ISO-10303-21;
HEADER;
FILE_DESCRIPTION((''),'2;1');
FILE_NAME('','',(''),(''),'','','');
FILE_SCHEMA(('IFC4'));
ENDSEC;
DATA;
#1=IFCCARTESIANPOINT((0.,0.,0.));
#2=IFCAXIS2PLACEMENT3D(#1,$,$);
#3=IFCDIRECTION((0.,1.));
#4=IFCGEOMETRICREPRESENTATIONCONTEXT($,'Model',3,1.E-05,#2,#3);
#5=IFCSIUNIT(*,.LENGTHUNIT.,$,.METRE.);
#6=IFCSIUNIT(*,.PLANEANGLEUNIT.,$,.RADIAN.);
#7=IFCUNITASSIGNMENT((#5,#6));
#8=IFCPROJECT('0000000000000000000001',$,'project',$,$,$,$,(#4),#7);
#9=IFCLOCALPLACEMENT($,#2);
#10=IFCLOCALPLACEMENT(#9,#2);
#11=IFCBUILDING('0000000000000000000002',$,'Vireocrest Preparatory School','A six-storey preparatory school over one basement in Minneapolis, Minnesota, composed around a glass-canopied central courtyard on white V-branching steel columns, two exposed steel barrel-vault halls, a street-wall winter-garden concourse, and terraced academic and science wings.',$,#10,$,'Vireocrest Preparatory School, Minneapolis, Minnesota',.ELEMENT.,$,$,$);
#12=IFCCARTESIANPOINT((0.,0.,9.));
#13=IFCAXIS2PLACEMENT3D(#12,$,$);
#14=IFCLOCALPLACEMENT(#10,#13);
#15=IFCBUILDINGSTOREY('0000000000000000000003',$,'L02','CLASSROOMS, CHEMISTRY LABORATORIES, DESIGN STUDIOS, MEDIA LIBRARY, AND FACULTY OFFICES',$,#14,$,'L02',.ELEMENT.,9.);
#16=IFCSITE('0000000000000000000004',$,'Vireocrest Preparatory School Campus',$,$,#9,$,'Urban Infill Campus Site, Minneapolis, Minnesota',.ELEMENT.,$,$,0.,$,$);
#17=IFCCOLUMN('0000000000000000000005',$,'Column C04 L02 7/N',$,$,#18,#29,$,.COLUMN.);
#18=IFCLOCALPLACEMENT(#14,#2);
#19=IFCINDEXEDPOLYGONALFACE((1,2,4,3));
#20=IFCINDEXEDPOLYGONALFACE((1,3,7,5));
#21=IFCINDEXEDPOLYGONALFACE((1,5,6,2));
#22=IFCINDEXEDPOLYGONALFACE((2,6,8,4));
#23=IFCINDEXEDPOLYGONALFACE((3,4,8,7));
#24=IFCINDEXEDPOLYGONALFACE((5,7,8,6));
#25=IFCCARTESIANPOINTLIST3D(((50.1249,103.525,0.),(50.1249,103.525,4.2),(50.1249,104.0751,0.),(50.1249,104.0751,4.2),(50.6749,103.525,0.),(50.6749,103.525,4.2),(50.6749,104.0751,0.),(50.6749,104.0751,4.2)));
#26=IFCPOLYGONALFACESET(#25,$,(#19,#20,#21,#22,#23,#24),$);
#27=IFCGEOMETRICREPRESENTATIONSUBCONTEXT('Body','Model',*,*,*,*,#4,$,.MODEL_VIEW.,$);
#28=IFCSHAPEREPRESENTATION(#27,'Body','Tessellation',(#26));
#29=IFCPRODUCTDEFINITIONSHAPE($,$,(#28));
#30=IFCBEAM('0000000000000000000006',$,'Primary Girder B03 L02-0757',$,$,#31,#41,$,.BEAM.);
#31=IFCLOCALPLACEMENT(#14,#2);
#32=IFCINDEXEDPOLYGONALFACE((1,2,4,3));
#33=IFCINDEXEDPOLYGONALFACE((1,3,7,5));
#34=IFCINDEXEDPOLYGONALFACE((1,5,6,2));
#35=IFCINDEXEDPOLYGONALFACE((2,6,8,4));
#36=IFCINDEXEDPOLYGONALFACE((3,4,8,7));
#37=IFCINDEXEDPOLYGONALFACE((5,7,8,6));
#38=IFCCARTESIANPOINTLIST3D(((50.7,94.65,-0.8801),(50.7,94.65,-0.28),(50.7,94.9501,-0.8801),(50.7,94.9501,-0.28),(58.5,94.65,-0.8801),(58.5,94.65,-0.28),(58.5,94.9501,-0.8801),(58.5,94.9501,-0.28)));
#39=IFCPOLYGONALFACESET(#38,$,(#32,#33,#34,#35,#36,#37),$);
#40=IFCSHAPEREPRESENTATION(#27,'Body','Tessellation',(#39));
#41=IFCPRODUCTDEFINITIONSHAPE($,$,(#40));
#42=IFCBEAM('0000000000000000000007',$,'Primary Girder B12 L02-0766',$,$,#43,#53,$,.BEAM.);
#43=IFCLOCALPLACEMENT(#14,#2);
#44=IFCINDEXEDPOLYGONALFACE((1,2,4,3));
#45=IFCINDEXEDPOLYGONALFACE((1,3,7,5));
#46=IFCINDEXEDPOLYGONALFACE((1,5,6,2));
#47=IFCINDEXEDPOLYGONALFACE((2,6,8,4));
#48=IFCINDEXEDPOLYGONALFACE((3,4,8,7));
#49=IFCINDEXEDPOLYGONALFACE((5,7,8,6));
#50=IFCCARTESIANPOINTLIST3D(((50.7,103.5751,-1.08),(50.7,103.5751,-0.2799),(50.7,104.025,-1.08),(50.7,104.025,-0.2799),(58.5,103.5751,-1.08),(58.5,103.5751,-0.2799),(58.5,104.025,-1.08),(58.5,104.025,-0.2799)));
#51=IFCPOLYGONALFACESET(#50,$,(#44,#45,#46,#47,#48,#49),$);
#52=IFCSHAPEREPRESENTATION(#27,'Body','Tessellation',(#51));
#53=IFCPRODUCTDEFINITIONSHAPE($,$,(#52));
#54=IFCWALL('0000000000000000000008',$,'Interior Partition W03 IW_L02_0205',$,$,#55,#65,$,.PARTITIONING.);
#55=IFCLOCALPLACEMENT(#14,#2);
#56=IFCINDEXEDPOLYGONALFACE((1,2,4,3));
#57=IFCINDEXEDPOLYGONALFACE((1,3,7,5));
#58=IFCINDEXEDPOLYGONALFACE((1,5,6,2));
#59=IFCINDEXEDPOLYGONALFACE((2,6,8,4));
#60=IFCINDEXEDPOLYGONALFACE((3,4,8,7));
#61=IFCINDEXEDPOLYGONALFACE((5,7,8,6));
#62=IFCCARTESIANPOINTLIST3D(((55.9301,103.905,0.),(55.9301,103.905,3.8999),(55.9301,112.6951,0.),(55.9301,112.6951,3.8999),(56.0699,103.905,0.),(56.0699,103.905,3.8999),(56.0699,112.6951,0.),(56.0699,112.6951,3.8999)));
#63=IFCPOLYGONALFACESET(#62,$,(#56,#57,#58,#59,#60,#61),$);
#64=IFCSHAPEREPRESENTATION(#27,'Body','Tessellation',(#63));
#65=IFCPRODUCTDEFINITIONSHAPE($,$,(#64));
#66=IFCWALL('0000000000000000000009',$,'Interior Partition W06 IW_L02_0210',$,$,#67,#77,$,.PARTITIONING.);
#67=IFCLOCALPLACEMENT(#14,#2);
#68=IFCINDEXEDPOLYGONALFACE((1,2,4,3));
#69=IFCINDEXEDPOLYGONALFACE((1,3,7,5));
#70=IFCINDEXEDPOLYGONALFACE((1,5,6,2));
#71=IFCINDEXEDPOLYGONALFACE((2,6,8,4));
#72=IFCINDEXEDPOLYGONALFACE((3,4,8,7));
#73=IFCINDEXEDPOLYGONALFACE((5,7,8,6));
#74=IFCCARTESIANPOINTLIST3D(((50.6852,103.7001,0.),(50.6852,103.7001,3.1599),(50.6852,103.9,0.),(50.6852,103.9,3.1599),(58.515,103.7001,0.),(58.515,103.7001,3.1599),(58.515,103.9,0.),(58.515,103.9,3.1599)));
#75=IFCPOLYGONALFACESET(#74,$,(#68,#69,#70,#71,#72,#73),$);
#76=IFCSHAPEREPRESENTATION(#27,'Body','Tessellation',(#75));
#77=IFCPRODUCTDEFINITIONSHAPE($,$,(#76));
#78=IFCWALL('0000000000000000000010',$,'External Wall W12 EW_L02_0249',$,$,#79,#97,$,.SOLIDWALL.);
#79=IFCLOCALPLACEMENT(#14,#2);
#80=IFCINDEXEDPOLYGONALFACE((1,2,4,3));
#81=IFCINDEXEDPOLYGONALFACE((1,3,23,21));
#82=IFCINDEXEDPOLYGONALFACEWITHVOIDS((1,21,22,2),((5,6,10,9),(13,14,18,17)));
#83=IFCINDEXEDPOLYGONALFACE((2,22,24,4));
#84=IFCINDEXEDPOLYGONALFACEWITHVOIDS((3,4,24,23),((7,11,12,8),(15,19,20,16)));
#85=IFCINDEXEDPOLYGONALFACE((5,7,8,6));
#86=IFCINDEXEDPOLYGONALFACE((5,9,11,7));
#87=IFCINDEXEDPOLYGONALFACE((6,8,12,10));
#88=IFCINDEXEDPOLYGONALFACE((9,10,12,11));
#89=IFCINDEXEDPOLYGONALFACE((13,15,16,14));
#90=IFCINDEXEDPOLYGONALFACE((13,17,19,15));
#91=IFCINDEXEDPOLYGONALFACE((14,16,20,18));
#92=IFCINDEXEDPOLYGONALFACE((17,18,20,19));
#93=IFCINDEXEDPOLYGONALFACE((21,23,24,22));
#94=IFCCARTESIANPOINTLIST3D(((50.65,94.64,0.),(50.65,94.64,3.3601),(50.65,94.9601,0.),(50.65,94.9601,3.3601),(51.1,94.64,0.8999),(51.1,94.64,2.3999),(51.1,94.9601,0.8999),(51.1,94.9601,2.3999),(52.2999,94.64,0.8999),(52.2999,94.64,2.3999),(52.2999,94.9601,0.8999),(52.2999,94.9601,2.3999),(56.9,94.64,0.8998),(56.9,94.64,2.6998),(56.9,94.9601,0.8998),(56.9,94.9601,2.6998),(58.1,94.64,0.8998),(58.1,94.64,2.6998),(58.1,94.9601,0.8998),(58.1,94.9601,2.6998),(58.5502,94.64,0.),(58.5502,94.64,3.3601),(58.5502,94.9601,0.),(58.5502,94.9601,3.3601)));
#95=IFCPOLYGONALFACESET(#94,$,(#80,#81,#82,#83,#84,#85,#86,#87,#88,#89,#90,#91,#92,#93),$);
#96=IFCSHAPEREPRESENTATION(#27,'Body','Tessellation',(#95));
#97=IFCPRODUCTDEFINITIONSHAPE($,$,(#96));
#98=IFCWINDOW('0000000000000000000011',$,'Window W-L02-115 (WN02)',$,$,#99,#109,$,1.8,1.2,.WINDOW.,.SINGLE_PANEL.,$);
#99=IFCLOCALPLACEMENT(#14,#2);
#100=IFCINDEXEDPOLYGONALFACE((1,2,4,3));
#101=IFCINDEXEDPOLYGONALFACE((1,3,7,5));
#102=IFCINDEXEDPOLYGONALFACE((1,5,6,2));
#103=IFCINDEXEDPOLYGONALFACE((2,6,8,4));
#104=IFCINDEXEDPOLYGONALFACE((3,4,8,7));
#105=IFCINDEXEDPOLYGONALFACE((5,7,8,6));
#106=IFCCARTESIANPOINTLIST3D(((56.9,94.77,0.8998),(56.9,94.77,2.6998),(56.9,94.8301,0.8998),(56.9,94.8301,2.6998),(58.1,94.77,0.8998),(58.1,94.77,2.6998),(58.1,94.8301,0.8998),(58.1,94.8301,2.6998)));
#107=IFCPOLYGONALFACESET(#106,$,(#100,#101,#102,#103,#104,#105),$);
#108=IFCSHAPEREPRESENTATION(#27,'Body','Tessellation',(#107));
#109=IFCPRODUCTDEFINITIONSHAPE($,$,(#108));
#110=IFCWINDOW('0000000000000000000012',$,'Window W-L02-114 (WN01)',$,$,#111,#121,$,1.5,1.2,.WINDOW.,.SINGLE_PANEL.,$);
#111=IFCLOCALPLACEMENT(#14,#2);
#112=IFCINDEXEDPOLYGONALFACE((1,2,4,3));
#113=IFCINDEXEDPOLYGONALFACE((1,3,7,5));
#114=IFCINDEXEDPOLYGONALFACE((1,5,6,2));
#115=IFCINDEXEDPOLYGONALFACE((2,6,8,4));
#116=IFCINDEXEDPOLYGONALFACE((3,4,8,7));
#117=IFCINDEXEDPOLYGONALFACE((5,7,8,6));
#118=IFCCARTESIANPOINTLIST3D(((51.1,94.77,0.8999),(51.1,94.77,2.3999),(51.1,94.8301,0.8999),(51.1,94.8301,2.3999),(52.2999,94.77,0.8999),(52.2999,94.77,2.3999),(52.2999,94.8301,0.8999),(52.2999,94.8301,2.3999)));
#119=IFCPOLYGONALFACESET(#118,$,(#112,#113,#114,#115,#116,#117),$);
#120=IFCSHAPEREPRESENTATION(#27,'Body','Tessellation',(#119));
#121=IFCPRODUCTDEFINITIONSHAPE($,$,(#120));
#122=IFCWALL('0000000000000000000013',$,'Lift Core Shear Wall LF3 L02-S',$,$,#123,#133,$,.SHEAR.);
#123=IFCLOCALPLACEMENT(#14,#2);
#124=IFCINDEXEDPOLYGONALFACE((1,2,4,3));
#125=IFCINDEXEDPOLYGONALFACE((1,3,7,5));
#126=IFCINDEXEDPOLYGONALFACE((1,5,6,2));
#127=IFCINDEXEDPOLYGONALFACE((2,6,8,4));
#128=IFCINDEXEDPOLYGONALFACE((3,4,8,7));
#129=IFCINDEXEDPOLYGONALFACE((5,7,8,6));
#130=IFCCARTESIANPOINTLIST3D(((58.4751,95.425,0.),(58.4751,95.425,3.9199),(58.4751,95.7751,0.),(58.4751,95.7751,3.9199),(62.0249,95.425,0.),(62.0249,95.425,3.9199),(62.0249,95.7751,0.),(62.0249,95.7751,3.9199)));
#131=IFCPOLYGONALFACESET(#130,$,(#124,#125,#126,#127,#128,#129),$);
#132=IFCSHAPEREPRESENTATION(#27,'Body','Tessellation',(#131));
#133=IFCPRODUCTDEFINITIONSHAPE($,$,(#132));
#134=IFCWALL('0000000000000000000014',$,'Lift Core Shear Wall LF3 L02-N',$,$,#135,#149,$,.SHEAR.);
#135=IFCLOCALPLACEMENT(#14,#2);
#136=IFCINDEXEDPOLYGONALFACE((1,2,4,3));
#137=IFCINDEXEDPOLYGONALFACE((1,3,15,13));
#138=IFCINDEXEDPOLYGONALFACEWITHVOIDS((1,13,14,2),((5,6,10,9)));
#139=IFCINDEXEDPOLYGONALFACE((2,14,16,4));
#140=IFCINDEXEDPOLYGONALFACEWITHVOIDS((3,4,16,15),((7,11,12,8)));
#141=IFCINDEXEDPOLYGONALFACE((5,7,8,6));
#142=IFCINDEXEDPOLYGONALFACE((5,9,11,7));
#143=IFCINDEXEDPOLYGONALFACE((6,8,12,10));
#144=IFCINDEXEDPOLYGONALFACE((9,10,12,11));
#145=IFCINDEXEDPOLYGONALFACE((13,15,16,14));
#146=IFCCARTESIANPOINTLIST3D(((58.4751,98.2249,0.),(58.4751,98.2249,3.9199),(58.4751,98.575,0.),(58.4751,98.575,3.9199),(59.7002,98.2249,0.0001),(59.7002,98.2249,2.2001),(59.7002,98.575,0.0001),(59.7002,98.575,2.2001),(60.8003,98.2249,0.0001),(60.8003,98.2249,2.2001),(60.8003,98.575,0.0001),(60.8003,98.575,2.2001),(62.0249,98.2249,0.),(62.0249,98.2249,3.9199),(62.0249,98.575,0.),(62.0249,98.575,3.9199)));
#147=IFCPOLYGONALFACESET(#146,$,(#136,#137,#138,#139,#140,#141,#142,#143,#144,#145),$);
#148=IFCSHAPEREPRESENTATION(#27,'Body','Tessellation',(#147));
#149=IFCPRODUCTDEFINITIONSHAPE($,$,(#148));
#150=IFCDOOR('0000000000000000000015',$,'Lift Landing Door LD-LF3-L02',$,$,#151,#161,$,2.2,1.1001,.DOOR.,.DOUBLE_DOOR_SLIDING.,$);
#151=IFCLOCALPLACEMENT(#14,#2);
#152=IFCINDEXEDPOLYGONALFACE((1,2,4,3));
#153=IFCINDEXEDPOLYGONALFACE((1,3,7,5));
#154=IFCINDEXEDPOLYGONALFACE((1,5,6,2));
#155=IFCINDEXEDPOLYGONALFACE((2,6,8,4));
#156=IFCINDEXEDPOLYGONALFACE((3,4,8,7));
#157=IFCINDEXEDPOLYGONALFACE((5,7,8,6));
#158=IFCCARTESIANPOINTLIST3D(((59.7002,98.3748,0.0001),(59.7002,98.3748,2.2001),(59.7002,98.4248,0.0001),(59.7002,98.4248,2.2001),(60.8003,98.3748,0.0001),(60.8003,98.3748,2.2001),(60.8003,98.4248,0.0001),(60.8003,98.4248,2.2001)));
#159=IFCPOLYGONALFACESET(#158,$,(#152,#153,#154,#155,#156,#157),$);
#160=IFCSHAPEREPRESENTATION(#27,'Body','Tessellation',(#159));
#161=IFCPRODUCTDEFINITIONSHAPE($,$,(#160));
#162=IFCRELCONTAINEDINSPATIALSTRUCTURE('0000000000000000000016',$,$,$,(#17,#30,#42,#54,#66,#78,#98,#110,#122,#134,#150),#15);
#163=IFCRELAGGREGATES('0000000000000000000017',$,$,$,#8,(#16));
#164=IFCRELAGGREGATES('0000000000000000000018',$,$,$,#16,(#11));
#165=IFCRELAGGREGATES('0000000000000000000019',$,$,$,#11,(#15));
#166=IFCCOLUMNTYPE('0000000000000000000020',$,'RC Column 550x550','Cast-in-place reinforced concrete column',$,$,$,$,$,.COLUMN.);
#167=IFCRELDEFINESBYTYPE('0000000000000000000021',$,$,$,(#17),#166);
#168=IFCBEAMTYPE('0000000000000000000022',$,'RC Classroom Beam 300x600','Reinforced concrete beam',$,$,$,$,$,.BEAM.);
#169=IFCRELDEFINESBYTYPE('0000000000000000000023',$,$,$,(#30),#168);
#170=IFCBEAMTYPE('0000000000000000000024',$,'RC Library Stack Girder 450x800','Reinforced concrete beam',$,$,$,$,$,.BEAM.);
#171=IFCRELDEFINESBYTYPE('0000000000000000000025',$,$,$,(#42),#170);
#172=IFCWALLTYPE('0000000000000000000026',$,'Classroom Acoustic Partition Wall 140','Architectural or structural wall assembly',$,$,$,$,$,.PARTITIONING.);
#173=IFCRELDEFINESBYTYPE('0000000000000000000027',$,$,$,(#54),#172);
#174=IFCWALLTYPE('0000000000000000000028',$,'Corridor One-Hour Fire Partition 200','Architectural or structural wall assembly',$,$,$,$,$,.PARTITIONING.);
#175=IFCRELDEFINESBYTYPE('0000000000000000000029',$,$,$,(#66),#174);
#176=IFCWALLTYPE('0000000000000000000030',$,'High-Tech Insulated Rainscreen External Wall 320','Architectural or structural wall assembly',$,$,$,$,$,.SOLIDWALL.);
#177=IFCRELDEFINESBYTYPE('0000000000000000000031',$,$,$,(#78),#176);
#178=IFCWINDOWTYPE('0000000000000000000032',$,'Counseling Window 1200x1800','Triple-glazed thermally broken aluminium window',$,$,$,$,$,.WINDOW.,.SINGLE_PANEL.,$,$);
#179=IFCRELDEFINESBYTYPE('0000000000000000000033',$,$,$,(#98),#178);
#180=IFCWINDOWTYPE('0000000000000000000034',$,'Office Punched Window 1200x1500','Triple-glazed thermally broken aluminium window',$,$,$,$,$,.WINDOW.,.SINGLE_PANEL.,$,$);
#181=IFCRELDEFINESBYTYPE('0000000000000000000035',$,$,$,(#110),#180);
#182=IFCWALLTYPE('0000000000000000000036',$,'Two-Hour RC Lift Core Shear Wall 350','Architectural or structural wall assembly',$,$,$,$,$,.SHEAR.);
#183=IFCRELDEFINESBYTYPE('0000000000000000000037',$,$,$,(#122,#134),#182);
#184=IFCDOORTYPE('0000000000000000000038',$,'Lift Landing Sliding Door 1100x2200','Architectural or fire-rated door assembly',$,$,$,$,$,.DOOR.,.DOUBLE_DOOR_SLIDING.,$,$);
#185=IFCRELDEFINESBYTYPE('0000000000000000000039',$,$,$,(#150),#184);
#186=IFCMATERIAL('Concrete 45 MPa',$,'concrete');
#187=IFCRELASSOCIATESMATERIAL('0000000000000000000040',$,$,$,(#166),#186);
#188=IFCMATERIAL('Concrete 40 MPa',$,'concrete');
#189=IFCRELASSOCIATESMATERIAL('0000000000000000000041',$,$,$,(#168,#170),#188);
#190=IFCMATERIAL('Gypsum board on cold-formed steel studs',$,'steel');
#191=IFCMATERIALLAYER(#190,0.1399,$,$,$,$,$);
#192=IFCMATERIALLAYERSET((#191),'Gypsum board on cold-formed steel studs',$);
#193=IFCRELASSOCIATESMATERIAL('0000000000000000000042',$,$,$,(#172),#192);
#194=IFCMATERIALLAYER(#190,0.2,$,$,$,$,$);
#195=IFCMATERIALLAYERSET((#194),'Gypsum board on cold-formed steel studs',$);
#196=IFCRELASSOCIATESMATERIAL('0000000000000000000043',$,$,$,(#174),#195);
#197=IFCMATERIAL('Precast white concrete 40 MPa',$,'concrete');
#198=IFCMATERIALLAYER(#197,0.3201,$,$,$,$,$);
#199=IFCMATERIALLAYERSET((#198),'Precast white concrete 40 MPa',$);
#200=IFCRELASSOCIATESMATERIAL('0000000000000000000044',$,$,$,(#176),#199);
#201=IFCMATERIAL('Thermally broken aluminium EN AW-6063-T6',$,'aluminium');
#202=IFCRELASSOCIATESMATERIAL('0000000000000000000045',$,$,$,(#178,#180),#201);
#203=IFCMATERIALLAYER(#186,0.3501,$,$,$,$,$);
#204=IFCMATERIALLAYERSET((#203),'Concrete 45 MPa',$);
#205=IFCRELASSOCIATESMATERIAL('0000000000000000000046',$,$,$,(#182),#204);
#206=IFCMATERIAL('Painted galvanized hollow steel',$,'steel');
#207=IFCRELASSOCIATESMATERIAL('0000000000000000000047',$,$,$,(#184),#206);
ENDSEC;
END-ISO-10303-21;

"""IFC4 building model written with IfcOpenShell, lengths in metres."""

from ifc_helpers import new_model, si_unit, direction, frame, frame_2d, origin, origin_2d, place, context, subcontext, project, spatial, rectangle, extrude, material, layer, layer_set, material_profile, profile_set, type_object, element, fill, save


model = new_model("IFC4")

# Units and contexts
model_context = context("Model", 3, precision=1e-05, world=origin(), true_north=direction((0.0, 1.0)))
body_context = subcontext(model_context, "Body", "Model", "MODEL_VIEW")
ifc_project = project(units=[si_unit("LENGTHUNIT", "METRE"), si_unit("PLANEANGLEUNIT", "RADIAN")], contexts=[model_context])

# Site, building, storey
site_placement = place(None, origin())
site = spatial("IfcSite", under=ifc_project, at=site_placement, Name="Vireocrest Preparatory School Campus", LongName="Urban Infill Campus Site, Minneapolis, Minnesota", CompositionType="ELEMENT", RefElevation=0.0)
building_placement = place(site_placement, origin())
building = spatial("IfcBuilding", under=site, at=building_placement, Name="Vireocrest Preparatory School", Description="A six-storey preparatory school over one basement in Minneapolis, Minnesota, composed around a glass-canopied central courtyard on white V-branching steel columns, two exposed steel barrel-vault halls, a street-wall winter-garden concourse, and terraced academic and science wings.", LongName="Vireocrest Preparatory School, Minneapolis, Minnesota", CompositionType="ELEMENT")
storey_placement = place(building_placement, frame((0.0, 0.0, 9.0)))
storey = spatial("IfcBuildingStorey", under=building, at=storey_placement, Name="L02", Description="CLASSROOMS, CHEMISTRY LABORATORIES, DESIGN STUDIOS, MEDIA LIBRARY, AND FACULTY OFFICES", LongName="L02", CompositionType="ELEMENT", Elevation=9.0)

# Column
ifc_material_1 = material(Name="Concrete 45 MPa", Category="concrete")
ifc_material_profile_1 = material_profile(ifc_material_1, rectangle(XDim=0.55, YDim=0.55, at=origin_2d()), Name="RC 550x550")
ifc_profile_set_1 = profile_set([ifc_material_profile_1], Name="Concrete 45 MPa")
column_type = type_object("IfcColumnType", Name="RC Column 550x550", Description="Cast-in-place reinforced concrete column", PredefinedType="COLUMN", material=ifc_profile_set_1)
column_placement = place(storey_placement, frame((50.3999, 103.8, 0.0), z_axis=(0.0, 0.0, 1.0), x_axis=(1.0, 0.0, 0.0)))
element("IfcColumn", 1, at=column_placement, inside=storey, type_object=column_type, Name="Column C04 L02 7/N", PredefinedType="COLUMN", context=body_context, shape_type="SweptSolid", body=[
    extrude(rectangle(XDim=0.55, YDim=0.55, at=origin_2d()), origin(), (0.0, 0.0, 1.0), 4.2),
])

# Beams
ifc_material_2 = material(Name="Concrete 40 MPa", Category="concrete")
ifc_material_profile_2 = material_profile(ifc_material_2, rectangle(XDim=0.3, YDim=0.6001, at=origin_2d()), Name="RC 300x600")
ifc_profile_set_2 = profile_set([ifc_material_profile_2], Name="Concrete 40 MPa")
beam_type_1 = type_object("IfcBeamType", Name="RC Classroom Beam 300x600", Description="Reinforced concrete beam", PredefinedType="BEAM", material=ifc_profile_set_2)
beam_1_placement = place(storey_placement, frame((50.7, 94.8, -0.5801), z_axis=(1.0, 0.0, 0.0), x_axis=(0.0, 1.0, 0.0)))
element("IfcBeam", 2, at=beam_1_placement, inside=storey, type_object=beam_type_1, Name="Primary Girder B03 L02-0757", PredefinedType="BEAM", context=body_context, shape_type="SweptSolid", body=[
    extrude(rectangle(XDim=0.3, YDim=0.6001, at=origin_2d()), origin(), (0.0, 0.0, 1.0), 7.8),
])
ifc_material_profile_3 = material_profile(ifc_material_2, rectangle(XDim=0.45, YDim=0.8, at=origin_2d()), Name="RC 450x800")
ifc_profile_set_3 = profile_set([ifc_material_profile_3], Name="Concrete 40 MPa")
beam_type_2 = type_object("IfcBeamType", Name="RC Library Stack Girder 450x800", Description="Reinforced concrete beam", PredefinedType="BEAM", material=ifc_profile_set_3)
beam_2_placement = place(storey_placement, frame((50.7, 103.8, -0.6799), z_axis=(1.0, 0.0, 0.0), x_axis=(0.0, 1.0, 0.0)))
element("IfcBeam", 3, at=beam_2_placement, inside=storey, type_object=beam_type_2, Name="Primary Girder B12 L02-0766", PredefinedType="BEAM", context=body_context, shape_type="SweptSolid", body=[
    extrude(rectangle(XDim=0.45, YDim=0.8, at=origin_2d()), origin(), (0.0, 0.0, 1.0), 7.8),
])

# Walls
ifc_material_3 = material(Name="Gypsum board on cold-formed steel studs", Category="steel")
ifc_layer_1 = layer(ifc_material_3, 0.1399)
ifc_layer_set_1 = layer_set([ifc_layer_1], Name="Gypsum board on cold-formed steel studs")
wall_type_1 = type_object("IfcWallType", Name="Classroom Acoustic Partition Wall 140", Description="Architectural or structural wall assembly", PredefinedType="PARTITIONING", material=ifc_layer_set_1)
wall_1_placement = place(storey_placement, frame((56.0, 103.905, 0.0), z_axis=(0.0, 0.0, 1.0), x_axis=(0.0, 1.0, 0.0)))
element("IfcWall", 4, at=wall_1_placement, inside=storey, type_object=wall_type_1, Name="Interior Partition W03 IW_L02_0205", PredefinedType="PARTITIONING", context=body_context, shape_type="SweptSolid", body=[
    extrude(rectangle(XDim=8.79, YDim=0.1399, at=frame_2d((4.395, 0.0))), origin(), (0.0, 0.0, 1.0), 3.8999),
])
ifc_layer_2 = layer(ifc_material_3, 0.2)
ifc_layer_set_2 = layer_set([ifc_layer_2], Name="Gypsum board on cold-formed steel studs")
wall_type_2 = type_object("IfcWallType", Name="Corridor One-Hour Fire Partition 200", Description="Architectural or structural wall assembly", PredefinedType="PARTITIONING", material=ifc_layer_set_2)
wall_2_placement = place(storey_placement, frame((50.6851, 103.8, 0.0), z_axis=(0.0, 0.0, 1.0), x_axis=(1.0, 0.0, 0.0)))
element("IfcWall", 5, at=wall_2_placement, inside=storey, type_object=wall_type_2, Name="Interior Partition W06 IW_L02_0210", PredefinedType="PARTITIONING", context=body_context, shape_type="SweptSolid", body=[
    extrude(rectangle(XDim=7.8298, YDim=0.2, at=frame_2d((3.915, 0.0))), origin(), (0.0, 0.0, 1.0), 3.1599),
])

# Wall, openings, windows
ifc_material_4 = material(Name="Precast white concrete 40 MPa", Category="concrete")
ifc_layer_3 = layer(ifc_material_4, 0.3201)
ifc_layer_set_3 = layer_set([ifc_layer_3], Name="Precast white concrete 40 MPa")
wall_type_3 = type_object("IfcWallType", Name="High-Tech Insulated Rainscreen External Wall 320", Description="Architectural or structural wall assembly", PredefinedType="SOLIDWALL", material=ifc_layer_set_3)
wall_3_placement = place(storey_placement, frame((50.6499, 94.8, 0.0), z_axis=(0.0, 0.0, 1.0), x_axis=(1.0, 0.0, 0.0)))
wall_3 = element("IfcWall", 6, at=wall_3_placement, inside=storey, type_object=wall_type_3, Name="External Wall W12 EW_L02_0249", PredefinedType="SOLIDWALL", context=body_context, shape_type="SweptSolid", body=[
    extrude(rectangle(XDim=7.9001, YDim=0.3201, at=frame_2d((3.9502, 0.0))), origin(), (0.0, 0.0, 1.0), 3.3601),
])
opening_1_placement = place(wall_3_placement, frame((0.45, 0.0, 0.8999)))
opening_1 = element("IfcOpeningElement", 7, at=opening_1_placement, cuts=wall_3, PredefinedType="OPENING", context=body_context, shape_type="SweptSolid", body=[
    extrude(rectangle(XDim=1.2, YDim=1.5, at=frame_2d((0.6001, 0.75))), frame((0.0, 0.1699, 0.0), z_axis=(0.0, -1.0, 0.0), x_axis=(1.0, 0.0, 0.0)), (0.0, 0.0, 1.0), 0.3401),
])
opening_2_placement = place(wall_3_placement, frame((6.25, 0.0, 0.8999)))
opening_2 = element("IfcOpeningElement", 8, at=opening_2_placement, cuts=wall_3, PredefinedType="OPENING", context=body_context, shape_type="SweptSolid", body=[
    extrude(rectangle(XDim=1.2, YDim=1.8, at=frame_2d((0.6001, 0.8999))), frame((0.0, 0.1699, 0.0), z_axis=(0.0, -1.0, 0.0), x_axis=(1.0, 0.0, 0.0)), (0.0, 0.0, 1.0), 0.3401),
])
ifc_material_5 = material(Name="Thermally broken aluminium EN AW-6063-T6", Category="aluminium")
window_type_1 = type_object("IfcWindowType", Name="Counseling Window 1200x1800", Description="Triple-glazed thermally broken aluminium window", PartitioningType="SINGLE_PANEL", PredefinedType="WINDOW", material=ifc_material_5)
window_1_placement = place(opening_2_placement, origin())
window_1 = element("IfcWindow", 9, at=window_1_placement, inside=storey, type_object=window_type_1, Name="Window W-L02-115 (WN02)", OverallHeight=1.8, OverallWidth=1.2, PartitioningType="SINGLE_PANEL", PredefinedType="WINDOW", context=body_context, shape_type="SweptSolid", body=[
    extrude(rectangle(XDim=1.2, YDim=1.8, at=frame_2d((0.6001, 0.8999))), frame((0.0, 0.03, 0.0), z_axis=(0.0, -1.0, 0.0), x_axis=(1.0, 0.0, 0.0)), (0.0, 0.0, 1.0), 0.0601),
])
fill(opening_2, window_1)
window_type_2 = type_object("IfcWindowType", Name="Office Punched Window 1200x1500", Description="Triple-glazed thermally broken aluminium window", PartitioningType="SINGLE_PANEL", PredefinedType="WINDOW", material=ifc_material_5)
window_2_placement = place(opening_1_placement, origin())
window_2 = element("IfcWindow", 10, at=window_2_placement, inside=storey, type_object=window_type_2, Name="Window W-L02-114 (WN01)", OverallHeight=1.5, OverallWidth=1.2, PartitioningType="SINGLE_PANEL", PredefinedType="WINDOW", context=body_context, shape_type="SweptSolid", body=[
    extrude(rectangle(XDim=1.2, YDim=1.5, at=frame_2d((0.6001, 0.75))), frame((0.0, 0.03, 0.0), z_axis=(0.0, -1.0, 0.0), x_axis=(1.0, 0.0, 0.0)), (0.0, 0.0, 1.0), 0.0601),
])
fill(opening_1, window_2)

# Wall
ifc_layer_4 = layer(ifc_material_1, 0.3501)
ifc_layer_set_4 = layer_set([ifc_layer_4], Name="Concrete 45 MPa")
wall_type_4 = type_object("IfcWallType", Name="Two-Hour RC Lift Core Shear Wall 350", Description="Architectural or structural wall assembly", PredefinedType="SHEAR", material=ifc_layer_set_4)
wall_4_placement = place(storey_placement, frame((58.4751, 95.6001, 0.0), z_axis=(0.0, 0.0, 1.0), x_axis=(1.0, 0.0, 0.0)))
element("IfcWall", 11, at=wall_4_placement, inside=storey, type_object=wall_type_4, Name="Lift Core Shear Wall LF3 L02-S", PredefinedType="SHEAR", context=body_context, shape_type="SweptSolid", body=[
    extrude(rectangle(XDim=3.5498, YDim=0.3501, at=frame_2d((1.7749, 0.0))), origin(), (0.0, 0.0, 1.0), 3.9199),
])

# Wall, opening, door
wall_5_placement = place(storey_placement, frame((58.4751, 98.3999, 0.0), z_axis=(0.0, 0.0, 1.0), x_axis=(1.0, 0.0, 0.0)))
wall_5 = element("IfcWall", 12, at=wall_5_placement, inside=storey, type_object=wall_type_4, Name="Lift Core Shear Wall LF3 L02-N", PredefinedType="SHEAR", context=body_context, shape_type="SweptSolid", body=[
    extrude(rectangle(XDim=3.5498, YDim=0.3501, at=frame_2d((1.7749, 0.0))), origin(), (0.0, 0.0, 1.0), 3.9199),
])
opening_3_placement = place(wall_5_placement, frame((1.2251, 0.0, 0.0)))
opening_3 = element("IfcOpeningElement", 13, at=opening_3_placement, cuts=wall_5, PredefinedType="OPENING", context=body_context, shape_type="SweptSolid", body=[
    extrude(rectangle(XDim=1.1001, YDim=2.2, at=frame_2d((0.55, 1.1001))), frame((0.0, 0.1851, 0.0), z_axis=(0.0, -1.0, 0.0), x_axis=(1.0, 0.0, 0.0)), (0.0, 0.0, 1.0), 0.3701),
])
ifc_material_6 = material(Name="Painted galvanized hollow steel", Category="steel")
door_type_1 = type_object("IfcDoorType", Name="Lift Landing Sliding Door 1100x2200", Description="Architectural or fire-rated door assembly", OperationType="DOUBLE_DOOR_SLIDING", PredefinedType="DOOR", material=ifc_material_6)
door_1_placement = place(opening_3_placement, origin())
door_1 = element("IfcDoor", 14, at=door_1_placement, inside=storey, type_object=door_type_1, Name="Lift Landing Door LD-LF3-L02", OperationType="DOUBLE_DOOR_SLIDING", OverallHeight=2.2, OverallWidth=1.1001, PredefinedType="DOOR", context=body_context, shape_type="SweptSolid", body=[
    extrude(rectangle(XDim=1.1001, YDim=2.2, at=frame_2d((0.55, 1.1001))), frame((0.0, 0.0249, 0.0), z_axis=(0.0, -1.0, 0.0), x_axis=(1.0, 0.0, 0.0)), (0.0, 0.0, 1.0), 0.05),
])
fill(opening_3, door_1)

save(model, "model.ifc")
